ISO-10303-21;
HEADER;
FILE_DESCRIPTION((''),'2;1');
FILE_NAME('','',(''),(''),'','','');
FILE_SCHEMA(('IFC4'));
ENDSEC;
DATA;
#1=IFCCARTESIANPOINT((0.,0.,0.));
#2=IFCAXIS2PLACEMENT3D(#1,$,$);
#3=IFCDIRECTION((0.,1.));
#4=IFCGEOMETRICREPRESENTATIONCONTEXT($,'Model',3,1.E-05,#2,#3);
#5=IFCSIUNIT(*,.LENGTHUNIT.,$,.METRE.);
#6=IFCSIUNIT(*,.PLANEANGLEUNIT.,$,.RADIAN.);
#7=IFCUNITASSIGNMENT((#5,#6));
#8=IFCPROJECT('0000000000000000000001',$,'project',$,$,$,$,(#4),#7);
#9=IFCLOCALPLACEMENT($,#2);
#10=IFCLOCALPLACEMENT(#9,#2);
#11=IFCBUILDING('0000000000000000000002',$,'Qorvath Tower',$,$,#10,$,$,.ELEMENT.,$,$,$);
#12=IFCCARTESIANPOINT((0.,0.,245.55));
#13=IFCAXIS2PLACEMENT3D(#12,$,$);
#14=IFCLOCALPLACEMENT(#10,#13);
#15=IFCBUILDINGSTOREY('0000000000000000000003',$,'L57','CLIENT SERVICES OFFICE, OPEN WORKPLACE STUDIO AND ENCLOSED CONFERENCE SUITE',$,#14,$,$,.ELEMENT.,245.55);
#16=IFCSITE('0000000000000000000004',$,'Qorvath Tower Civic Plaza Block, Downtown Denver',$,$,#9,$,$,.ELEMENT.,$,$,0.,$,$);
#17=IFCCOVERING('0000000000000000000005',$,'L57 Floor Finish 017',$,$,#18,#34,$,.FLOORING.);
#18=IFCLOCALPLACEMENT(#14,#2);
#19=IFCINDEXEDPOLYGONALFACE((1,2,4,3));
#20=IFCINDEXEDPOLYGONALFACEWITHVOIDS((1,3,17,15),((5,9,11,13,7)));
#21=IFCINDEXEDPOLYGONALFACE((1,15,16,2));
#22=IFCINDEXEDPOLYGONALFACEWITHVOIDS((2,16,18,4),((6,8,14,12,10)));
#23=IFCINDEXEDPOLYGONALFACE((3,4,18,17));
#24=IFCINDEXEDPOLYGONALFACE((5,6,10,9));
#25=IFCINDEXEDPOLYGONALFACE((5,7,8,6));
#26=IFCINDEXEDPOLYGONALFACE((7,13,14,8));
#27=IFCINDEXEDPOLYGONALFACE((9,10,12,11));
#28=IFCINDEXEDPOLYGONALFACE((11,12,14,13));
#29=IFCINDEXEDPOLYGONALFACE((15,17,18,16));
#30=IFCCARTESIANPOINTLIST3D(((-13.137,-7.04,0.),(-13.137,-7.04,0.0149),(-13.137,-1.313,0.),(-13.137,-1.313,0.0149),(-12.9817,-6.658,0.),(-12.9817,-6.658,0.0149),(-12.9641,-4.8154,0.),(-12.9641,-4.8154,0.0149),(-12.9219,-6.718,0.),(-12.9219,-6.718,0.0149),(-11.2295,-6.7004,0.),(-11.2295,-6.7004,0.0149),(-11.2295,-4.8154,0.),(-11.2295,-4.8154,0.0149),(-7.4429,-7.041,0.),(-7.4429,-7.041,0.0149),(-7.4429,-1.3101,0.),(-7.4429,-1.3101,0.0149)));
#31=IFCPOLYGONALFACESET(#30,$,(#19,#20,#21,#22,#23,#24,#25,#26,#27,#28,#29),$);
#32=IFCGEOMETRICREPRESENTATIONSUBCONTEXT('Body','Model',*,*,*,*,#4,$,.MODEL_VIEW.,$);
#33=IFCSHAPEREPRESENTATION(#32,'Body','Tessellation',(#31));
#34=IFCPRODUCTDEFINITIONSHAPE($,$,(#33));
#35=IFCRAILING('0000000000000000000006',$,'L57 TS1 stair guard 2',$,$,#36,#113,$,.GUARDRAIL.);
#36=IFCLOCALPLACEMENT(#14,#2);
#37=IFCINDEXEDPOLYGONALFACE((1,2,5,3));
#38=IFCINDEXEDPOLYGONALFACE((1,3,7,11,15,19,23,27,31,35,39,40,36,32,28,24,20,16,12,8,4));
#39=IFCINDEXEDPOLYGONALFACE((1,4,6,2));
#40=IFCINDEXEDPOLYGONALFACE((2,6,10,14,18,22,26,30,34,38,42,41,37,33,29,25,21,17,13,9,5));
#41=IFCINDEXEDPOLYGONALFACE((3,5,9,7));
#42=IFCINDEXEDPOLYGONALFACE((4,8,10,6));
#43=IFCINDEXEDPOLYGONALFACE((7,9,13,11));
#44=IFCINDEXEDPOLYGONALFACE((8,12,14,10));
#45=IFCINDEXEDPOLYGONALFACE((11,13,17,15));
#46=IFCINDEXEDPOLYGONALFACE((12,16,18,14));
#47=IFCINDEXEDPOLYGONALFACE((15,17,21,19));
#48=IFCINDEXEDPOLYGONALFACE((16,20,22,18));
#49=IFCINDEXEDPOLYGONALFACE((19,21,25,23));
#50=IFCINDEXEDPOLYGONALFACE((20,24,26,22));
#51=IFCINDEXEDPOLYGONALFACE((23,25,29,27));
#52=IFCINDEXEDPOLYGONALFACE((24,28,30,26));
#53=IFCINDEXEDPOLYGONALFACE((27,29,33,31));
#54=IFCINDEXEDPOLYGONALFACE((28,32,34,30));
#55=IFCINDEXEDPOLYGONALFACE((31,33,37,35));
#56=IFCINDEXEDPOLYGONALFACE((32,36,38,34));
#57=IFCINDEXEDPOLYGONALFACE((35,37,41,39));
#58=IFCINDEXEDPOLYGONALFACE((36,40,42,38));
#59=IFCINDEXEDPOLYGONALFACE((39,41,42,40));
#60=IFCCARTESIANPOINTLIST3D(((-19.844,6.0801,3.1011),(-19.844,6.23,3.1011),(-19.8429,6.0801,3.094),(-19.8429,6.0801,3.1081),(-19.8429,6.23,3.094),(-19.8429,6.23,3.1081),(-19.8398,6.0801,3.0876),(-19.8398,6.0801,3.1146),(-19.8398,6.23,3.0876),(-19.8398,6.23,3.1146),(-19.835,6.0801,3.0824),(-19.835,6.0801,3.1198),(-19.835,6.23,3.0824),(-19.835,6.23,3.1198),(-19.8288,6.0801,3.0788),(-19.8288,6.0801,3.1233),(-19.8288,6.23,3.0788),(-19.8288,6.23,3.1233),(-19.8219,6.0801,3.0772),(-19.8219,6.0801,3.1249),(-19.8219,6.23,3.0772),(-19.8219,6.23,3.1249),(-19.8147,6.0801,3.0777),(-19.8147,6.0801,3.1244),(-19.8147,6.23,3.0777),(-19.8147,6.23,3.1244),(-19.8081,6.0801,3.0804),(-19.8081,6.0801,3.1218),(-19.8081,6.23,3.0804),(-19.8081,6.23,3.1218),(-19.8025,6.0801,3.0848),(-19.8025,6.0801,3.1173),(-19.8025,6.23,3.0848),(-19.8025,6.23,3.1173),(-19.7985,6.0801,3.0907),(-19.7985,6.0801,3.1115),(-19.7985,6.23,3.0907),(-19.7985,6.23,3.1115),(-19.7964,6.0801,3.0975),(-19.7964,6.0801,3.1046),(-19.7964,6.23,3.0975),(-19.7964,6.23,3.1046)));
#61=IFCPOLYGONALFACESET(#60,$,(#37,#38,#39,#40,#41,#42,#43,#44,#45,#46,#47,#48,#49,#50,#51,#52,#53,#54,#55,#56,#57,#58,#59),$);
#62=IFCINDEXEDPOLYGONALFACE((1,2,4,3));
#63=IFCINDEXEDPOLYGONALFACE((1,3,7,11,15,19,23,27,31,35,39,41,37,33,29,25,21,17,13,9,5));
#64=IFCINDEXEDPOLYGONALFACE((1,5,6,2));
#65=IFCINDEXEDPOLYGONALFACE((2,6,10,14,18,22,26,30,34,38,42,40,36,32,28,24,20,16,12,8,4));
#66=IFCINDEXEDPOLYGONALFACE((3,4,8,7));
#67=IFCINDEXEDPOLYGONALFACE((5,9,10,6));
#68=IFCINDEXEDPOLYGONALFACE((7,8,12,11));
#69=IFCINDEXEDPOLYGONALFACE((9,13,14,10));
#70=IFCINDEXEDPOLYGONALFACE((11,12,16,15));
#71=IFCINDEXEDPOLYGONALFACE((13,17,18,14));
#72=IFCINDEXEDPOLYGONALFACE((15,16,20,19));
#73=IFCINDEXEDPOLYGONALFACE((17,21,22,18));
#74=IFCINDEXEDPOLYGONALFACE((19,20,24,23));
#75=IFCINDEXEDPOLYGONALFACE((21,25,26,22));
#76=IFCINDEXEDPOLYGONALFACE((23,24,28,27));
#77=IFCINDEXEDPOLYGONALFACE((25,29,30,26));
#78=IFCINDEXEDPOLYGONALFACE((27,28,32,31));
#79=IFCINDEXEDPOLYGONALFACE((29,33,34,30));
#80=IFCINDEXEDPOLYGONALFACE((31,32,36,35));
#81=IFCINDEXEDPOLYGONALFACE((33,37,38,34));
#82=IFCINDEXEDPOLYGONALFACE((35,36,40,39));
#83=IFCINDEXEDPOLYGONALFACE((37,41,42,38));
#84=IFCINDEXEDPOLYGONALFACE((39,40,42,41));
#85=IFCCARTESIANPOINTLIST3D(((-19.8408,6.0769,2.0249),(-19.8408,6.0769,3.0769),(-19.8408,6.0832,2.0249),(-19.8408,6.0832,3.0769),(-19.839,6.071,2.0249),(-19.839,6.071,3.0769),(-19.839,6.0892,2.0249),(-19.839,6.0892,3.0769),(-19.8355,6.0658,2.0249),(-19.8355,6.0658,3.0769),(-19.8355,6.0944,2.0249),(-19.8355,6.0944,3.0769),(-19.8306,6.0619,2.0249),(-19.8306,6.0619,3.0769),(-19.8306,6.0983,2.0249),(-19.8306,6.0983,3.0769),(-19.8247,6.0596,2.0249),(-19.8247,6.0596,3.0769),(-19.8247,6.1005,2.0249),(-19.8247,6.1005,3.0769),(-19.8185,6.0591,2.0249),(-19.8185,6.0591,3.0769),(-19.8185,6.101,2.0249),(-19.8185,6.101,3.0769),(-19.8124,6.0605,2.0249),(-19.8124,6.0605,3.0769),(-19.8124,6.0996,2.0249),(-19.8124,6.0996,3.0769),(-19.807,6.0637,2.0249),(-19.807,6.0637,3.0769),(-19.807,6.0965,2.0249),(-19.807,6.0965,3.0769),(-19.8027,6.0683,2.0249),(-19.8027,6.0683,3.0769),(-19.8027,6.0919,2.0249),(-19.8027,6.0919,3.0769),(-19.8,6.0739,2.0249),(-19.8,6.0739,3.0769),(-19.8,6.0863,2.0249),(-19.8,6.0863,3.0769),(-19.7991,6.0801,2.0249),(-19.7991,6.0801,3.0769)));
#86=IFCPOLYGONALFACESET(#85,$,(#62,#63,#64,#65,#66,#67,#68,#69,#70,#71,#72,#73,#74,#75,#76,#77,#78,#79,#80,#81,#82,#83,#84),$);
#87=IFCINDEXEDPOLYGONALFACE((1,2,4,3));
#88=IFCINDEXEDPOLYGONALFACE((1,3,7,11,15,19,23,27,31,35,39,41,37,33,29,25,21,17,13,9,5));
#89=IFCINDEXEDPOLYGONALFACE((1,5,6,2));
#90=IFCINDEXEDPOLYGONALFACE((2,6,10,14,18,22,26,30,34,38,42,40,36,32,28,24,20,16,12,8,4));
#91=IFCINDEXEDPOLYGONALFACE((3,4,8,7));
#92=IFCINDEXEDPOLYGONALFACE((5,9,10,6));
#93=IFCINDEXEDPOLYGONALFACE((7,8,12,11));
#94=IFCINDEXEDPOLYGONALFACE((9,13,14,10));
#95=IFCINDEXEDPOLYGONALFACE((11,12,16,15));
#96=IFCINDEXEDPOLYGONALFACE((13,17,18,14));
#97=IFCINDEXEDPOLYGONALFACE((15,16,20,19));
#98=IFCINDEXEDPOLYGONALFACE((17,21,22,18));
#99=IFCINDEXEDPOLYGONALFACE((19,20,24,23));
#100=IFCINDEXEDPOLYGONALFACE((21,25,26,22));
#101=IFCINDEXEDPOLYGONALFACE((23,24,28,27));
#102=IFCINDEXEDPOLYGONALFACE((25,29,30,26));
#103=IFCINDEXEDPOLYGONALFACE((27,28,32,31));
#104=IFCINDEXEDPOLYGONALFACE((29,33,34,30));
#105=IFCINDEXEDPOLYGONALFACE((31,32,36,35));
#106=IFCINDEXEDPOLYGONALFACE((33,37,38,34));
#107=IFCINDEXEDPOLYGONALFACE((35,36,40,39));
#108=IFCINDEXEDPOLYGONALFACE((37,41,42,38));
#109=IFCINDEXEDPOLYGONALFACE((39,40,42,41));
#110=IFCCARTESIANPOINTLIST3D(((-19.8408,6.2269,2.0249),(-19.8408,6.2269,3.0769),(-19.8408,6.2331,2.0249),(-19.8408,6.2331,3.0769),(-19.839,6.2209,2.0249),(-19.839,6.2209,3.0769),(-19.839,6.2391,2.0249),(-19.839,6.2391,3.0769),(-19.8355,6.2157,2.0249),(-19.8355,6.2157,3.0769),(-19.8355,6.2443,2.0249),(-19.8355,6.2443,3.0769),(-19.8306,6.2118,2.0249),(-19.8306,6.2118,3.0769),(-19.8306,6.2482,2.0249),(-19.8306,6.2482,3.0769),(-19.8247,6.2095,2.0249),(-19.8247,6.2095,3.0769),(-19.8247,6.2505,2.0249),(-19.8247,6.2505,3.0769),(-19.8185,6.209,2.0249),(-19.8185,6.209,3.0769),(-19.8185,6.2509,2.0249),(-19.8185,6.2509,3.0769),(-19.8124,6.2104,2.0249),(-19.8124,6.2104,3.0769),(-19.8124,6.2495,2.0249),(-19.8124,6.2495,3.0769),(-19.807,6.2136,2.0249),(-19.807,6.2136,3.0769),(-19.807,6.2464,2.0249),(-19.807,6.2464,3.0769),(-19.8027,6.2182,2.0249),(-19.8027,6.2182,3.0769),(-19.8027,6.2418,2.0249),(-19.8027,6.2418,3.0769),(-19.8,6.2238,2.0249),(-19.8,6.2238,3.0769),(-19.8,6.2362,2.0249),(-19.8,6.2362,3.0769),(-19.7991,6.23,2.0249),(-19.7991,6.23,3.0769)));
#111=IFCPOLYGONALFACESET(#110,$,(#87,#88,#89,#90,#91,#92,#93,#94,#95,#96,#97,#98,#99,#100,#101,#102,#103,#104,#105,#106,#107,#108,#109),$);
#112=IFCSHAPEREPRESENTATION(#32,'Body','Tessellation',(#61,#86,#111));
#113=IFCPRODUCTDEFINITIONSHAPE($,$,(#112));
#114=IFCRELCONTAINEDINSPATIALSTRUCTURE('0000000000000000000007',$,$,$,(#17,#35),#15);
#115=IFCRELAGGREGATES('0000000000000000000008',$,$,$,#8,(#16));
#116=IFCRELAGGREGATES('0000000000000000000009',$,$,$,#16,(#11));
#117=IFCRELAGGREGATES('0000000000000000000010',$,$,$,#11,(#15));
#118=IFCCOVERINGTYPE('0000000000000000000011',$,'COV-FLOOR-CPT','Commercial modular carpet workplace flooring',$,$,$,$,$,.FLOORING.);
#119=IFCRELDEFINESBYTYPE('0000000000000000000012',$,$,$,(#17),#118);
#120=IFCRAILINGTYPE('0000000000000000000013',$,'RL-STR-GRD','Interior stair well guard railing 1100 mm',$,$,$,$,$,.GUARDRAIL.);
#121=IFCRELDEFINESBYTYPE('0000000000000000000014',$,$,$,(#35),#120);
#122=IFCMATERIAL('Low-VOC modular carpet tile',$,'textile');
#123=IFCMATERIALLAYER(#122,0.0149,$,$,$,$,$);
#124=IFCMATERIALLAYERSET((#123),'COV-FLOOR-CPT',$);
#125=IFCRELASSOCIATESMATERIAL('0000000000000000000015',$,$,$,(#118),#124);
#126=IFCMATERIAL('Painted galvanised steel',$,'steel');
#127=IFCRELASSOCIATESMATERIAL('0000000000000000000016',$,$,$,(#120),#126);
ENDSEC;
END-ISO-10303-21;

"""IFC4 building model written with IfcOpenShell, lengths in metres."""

from ifc_helpers import new_model, si_unit, direction, frame, origin, origin_2d, place, context, subcontext, project, spatial, polyline, circle, outline, extrude, material, layer, layer_set, type_object, element, save


model = new_model("IFC4")

# Units and contexts
model_context = context("Model", 3, precision=1e-05, world=origin(), true_north=direction((0.0, 1.0)))
body_context = subcontext(model_context, "Body", "Model", "MODEL_VIEW")
ifc_project = project(units=[si_unit("LENGTHUNIT", "METRE"), si_unit("PLANEANGLEUNIT", "RADIAN")], contexts=[model_context])

# Site, building, storey
site_placement = place(None, origin())
site = spatial("IfcSite", under=ifc_project, at=site_placement, Name="Qorvath Tower Civic Plaza Block, Downtown Denver", CompositionType="ELEMENT", RefElevation=0.0)
building_placement = place(site_placement, origin())
building = spatial("IfcBuilding", under=site, at=building_placement, Name="Qorvath Tower", CompositionType="ELEMENT")
storey_placement = place(building_placement, frame((0.0, 0.0, 245.55)))
storey = spatial("IfcBuildingStorey", under=building, at=storey_placement, Name="L57", Description="CLIENT SERVICES OFFICE, OPEN WORKPLACE STUDIO AND ENCLOSED CONFERENCE SUITE", CompositionType="ELEMENT", Elevation=245.55)

# Covering
ifc_material_1 = material(Name="Low-VOC modular carpet tile", Category="textile")
ifc_layer_1 = layer(ifc_material_1, 0.0149)
ifc_layer_set_1 = layer_set([ifc_layer_1], Name="COV-FLOOR-CPT")
covering_type_1 = type_object("IfcCoveringType", Name="COV-FLOOR-CPT", Description="Commercial modular carpet workplace flooring", PredefinedType="FLOORING", material=ifc_layer_set_1)
covering_1_placement = place(storey_placement, origin())
element("IfcCovering", 1, at=covering_1_placement, inside=storey, type_object=covering_type_1, Name="L57 Floor Finish 017", PredefinedType="FLOORING", context=body_context, shape_type="SweptSolid", body=[
    extrude(outline(polyline([(-7.4429, -7.041), (-7.4429, -1.3101), (-13.137, -1.313), (-13.137, -7.04), (-7.4429, -7.041)]), holes=[polyline([(-12.9817, -6.658), (-12.9641, -4.8154), (-11.2295, -4.8154), (-11.2295, -6.7004), (-12.9219, -6.718), (-12.9817, -6.658)])]), origin(), (0.0, 0.0, 1.0), 0.0149),
])

# Railing
ifc_material_2 = material(Name="Painted galvanised steel", Category="steel")
railing_type = type_object("IfcRailingType", Name="RL-STR-GRD", Description="Interior stair well guard railing 1100 mm", PredefinedType="GUARDRAIL", material=ifc_material_2)
railing_1_placement = place(storey_placement, frame((-19.8201, 6.0801, 2.0249)))
element("IfcRailing", 2, at=railing_1_placement, inside=storey, type_object=railing_type, Name="L57 TS1 stair guard 2", PredefinedType="GUARDRAIL", context=body_context, shape_type="SweptSolid", body=[
    extrude(circle(Radius=0.0239, at=origin_2d()), frame((0.0, 0.0, 1.0762), z_axis=(0.0, 1.0, 0.0), x_axis=(-1.0, 0.0, 0.0)), (0.0, 0.0, 1.0), 0.1499),
    extrude(circle(Radius=0.021, at=origin_2d()), origin(), (0.0, 0.0, 1.0), 1.052),
    extrude(circle(Radius=0.021, at=origin_2d()), frame((0.0, 0.1499, 0.0)), (0.0, 0.0, 1.0), 1.052),
])

save(model, "model.ifc")
